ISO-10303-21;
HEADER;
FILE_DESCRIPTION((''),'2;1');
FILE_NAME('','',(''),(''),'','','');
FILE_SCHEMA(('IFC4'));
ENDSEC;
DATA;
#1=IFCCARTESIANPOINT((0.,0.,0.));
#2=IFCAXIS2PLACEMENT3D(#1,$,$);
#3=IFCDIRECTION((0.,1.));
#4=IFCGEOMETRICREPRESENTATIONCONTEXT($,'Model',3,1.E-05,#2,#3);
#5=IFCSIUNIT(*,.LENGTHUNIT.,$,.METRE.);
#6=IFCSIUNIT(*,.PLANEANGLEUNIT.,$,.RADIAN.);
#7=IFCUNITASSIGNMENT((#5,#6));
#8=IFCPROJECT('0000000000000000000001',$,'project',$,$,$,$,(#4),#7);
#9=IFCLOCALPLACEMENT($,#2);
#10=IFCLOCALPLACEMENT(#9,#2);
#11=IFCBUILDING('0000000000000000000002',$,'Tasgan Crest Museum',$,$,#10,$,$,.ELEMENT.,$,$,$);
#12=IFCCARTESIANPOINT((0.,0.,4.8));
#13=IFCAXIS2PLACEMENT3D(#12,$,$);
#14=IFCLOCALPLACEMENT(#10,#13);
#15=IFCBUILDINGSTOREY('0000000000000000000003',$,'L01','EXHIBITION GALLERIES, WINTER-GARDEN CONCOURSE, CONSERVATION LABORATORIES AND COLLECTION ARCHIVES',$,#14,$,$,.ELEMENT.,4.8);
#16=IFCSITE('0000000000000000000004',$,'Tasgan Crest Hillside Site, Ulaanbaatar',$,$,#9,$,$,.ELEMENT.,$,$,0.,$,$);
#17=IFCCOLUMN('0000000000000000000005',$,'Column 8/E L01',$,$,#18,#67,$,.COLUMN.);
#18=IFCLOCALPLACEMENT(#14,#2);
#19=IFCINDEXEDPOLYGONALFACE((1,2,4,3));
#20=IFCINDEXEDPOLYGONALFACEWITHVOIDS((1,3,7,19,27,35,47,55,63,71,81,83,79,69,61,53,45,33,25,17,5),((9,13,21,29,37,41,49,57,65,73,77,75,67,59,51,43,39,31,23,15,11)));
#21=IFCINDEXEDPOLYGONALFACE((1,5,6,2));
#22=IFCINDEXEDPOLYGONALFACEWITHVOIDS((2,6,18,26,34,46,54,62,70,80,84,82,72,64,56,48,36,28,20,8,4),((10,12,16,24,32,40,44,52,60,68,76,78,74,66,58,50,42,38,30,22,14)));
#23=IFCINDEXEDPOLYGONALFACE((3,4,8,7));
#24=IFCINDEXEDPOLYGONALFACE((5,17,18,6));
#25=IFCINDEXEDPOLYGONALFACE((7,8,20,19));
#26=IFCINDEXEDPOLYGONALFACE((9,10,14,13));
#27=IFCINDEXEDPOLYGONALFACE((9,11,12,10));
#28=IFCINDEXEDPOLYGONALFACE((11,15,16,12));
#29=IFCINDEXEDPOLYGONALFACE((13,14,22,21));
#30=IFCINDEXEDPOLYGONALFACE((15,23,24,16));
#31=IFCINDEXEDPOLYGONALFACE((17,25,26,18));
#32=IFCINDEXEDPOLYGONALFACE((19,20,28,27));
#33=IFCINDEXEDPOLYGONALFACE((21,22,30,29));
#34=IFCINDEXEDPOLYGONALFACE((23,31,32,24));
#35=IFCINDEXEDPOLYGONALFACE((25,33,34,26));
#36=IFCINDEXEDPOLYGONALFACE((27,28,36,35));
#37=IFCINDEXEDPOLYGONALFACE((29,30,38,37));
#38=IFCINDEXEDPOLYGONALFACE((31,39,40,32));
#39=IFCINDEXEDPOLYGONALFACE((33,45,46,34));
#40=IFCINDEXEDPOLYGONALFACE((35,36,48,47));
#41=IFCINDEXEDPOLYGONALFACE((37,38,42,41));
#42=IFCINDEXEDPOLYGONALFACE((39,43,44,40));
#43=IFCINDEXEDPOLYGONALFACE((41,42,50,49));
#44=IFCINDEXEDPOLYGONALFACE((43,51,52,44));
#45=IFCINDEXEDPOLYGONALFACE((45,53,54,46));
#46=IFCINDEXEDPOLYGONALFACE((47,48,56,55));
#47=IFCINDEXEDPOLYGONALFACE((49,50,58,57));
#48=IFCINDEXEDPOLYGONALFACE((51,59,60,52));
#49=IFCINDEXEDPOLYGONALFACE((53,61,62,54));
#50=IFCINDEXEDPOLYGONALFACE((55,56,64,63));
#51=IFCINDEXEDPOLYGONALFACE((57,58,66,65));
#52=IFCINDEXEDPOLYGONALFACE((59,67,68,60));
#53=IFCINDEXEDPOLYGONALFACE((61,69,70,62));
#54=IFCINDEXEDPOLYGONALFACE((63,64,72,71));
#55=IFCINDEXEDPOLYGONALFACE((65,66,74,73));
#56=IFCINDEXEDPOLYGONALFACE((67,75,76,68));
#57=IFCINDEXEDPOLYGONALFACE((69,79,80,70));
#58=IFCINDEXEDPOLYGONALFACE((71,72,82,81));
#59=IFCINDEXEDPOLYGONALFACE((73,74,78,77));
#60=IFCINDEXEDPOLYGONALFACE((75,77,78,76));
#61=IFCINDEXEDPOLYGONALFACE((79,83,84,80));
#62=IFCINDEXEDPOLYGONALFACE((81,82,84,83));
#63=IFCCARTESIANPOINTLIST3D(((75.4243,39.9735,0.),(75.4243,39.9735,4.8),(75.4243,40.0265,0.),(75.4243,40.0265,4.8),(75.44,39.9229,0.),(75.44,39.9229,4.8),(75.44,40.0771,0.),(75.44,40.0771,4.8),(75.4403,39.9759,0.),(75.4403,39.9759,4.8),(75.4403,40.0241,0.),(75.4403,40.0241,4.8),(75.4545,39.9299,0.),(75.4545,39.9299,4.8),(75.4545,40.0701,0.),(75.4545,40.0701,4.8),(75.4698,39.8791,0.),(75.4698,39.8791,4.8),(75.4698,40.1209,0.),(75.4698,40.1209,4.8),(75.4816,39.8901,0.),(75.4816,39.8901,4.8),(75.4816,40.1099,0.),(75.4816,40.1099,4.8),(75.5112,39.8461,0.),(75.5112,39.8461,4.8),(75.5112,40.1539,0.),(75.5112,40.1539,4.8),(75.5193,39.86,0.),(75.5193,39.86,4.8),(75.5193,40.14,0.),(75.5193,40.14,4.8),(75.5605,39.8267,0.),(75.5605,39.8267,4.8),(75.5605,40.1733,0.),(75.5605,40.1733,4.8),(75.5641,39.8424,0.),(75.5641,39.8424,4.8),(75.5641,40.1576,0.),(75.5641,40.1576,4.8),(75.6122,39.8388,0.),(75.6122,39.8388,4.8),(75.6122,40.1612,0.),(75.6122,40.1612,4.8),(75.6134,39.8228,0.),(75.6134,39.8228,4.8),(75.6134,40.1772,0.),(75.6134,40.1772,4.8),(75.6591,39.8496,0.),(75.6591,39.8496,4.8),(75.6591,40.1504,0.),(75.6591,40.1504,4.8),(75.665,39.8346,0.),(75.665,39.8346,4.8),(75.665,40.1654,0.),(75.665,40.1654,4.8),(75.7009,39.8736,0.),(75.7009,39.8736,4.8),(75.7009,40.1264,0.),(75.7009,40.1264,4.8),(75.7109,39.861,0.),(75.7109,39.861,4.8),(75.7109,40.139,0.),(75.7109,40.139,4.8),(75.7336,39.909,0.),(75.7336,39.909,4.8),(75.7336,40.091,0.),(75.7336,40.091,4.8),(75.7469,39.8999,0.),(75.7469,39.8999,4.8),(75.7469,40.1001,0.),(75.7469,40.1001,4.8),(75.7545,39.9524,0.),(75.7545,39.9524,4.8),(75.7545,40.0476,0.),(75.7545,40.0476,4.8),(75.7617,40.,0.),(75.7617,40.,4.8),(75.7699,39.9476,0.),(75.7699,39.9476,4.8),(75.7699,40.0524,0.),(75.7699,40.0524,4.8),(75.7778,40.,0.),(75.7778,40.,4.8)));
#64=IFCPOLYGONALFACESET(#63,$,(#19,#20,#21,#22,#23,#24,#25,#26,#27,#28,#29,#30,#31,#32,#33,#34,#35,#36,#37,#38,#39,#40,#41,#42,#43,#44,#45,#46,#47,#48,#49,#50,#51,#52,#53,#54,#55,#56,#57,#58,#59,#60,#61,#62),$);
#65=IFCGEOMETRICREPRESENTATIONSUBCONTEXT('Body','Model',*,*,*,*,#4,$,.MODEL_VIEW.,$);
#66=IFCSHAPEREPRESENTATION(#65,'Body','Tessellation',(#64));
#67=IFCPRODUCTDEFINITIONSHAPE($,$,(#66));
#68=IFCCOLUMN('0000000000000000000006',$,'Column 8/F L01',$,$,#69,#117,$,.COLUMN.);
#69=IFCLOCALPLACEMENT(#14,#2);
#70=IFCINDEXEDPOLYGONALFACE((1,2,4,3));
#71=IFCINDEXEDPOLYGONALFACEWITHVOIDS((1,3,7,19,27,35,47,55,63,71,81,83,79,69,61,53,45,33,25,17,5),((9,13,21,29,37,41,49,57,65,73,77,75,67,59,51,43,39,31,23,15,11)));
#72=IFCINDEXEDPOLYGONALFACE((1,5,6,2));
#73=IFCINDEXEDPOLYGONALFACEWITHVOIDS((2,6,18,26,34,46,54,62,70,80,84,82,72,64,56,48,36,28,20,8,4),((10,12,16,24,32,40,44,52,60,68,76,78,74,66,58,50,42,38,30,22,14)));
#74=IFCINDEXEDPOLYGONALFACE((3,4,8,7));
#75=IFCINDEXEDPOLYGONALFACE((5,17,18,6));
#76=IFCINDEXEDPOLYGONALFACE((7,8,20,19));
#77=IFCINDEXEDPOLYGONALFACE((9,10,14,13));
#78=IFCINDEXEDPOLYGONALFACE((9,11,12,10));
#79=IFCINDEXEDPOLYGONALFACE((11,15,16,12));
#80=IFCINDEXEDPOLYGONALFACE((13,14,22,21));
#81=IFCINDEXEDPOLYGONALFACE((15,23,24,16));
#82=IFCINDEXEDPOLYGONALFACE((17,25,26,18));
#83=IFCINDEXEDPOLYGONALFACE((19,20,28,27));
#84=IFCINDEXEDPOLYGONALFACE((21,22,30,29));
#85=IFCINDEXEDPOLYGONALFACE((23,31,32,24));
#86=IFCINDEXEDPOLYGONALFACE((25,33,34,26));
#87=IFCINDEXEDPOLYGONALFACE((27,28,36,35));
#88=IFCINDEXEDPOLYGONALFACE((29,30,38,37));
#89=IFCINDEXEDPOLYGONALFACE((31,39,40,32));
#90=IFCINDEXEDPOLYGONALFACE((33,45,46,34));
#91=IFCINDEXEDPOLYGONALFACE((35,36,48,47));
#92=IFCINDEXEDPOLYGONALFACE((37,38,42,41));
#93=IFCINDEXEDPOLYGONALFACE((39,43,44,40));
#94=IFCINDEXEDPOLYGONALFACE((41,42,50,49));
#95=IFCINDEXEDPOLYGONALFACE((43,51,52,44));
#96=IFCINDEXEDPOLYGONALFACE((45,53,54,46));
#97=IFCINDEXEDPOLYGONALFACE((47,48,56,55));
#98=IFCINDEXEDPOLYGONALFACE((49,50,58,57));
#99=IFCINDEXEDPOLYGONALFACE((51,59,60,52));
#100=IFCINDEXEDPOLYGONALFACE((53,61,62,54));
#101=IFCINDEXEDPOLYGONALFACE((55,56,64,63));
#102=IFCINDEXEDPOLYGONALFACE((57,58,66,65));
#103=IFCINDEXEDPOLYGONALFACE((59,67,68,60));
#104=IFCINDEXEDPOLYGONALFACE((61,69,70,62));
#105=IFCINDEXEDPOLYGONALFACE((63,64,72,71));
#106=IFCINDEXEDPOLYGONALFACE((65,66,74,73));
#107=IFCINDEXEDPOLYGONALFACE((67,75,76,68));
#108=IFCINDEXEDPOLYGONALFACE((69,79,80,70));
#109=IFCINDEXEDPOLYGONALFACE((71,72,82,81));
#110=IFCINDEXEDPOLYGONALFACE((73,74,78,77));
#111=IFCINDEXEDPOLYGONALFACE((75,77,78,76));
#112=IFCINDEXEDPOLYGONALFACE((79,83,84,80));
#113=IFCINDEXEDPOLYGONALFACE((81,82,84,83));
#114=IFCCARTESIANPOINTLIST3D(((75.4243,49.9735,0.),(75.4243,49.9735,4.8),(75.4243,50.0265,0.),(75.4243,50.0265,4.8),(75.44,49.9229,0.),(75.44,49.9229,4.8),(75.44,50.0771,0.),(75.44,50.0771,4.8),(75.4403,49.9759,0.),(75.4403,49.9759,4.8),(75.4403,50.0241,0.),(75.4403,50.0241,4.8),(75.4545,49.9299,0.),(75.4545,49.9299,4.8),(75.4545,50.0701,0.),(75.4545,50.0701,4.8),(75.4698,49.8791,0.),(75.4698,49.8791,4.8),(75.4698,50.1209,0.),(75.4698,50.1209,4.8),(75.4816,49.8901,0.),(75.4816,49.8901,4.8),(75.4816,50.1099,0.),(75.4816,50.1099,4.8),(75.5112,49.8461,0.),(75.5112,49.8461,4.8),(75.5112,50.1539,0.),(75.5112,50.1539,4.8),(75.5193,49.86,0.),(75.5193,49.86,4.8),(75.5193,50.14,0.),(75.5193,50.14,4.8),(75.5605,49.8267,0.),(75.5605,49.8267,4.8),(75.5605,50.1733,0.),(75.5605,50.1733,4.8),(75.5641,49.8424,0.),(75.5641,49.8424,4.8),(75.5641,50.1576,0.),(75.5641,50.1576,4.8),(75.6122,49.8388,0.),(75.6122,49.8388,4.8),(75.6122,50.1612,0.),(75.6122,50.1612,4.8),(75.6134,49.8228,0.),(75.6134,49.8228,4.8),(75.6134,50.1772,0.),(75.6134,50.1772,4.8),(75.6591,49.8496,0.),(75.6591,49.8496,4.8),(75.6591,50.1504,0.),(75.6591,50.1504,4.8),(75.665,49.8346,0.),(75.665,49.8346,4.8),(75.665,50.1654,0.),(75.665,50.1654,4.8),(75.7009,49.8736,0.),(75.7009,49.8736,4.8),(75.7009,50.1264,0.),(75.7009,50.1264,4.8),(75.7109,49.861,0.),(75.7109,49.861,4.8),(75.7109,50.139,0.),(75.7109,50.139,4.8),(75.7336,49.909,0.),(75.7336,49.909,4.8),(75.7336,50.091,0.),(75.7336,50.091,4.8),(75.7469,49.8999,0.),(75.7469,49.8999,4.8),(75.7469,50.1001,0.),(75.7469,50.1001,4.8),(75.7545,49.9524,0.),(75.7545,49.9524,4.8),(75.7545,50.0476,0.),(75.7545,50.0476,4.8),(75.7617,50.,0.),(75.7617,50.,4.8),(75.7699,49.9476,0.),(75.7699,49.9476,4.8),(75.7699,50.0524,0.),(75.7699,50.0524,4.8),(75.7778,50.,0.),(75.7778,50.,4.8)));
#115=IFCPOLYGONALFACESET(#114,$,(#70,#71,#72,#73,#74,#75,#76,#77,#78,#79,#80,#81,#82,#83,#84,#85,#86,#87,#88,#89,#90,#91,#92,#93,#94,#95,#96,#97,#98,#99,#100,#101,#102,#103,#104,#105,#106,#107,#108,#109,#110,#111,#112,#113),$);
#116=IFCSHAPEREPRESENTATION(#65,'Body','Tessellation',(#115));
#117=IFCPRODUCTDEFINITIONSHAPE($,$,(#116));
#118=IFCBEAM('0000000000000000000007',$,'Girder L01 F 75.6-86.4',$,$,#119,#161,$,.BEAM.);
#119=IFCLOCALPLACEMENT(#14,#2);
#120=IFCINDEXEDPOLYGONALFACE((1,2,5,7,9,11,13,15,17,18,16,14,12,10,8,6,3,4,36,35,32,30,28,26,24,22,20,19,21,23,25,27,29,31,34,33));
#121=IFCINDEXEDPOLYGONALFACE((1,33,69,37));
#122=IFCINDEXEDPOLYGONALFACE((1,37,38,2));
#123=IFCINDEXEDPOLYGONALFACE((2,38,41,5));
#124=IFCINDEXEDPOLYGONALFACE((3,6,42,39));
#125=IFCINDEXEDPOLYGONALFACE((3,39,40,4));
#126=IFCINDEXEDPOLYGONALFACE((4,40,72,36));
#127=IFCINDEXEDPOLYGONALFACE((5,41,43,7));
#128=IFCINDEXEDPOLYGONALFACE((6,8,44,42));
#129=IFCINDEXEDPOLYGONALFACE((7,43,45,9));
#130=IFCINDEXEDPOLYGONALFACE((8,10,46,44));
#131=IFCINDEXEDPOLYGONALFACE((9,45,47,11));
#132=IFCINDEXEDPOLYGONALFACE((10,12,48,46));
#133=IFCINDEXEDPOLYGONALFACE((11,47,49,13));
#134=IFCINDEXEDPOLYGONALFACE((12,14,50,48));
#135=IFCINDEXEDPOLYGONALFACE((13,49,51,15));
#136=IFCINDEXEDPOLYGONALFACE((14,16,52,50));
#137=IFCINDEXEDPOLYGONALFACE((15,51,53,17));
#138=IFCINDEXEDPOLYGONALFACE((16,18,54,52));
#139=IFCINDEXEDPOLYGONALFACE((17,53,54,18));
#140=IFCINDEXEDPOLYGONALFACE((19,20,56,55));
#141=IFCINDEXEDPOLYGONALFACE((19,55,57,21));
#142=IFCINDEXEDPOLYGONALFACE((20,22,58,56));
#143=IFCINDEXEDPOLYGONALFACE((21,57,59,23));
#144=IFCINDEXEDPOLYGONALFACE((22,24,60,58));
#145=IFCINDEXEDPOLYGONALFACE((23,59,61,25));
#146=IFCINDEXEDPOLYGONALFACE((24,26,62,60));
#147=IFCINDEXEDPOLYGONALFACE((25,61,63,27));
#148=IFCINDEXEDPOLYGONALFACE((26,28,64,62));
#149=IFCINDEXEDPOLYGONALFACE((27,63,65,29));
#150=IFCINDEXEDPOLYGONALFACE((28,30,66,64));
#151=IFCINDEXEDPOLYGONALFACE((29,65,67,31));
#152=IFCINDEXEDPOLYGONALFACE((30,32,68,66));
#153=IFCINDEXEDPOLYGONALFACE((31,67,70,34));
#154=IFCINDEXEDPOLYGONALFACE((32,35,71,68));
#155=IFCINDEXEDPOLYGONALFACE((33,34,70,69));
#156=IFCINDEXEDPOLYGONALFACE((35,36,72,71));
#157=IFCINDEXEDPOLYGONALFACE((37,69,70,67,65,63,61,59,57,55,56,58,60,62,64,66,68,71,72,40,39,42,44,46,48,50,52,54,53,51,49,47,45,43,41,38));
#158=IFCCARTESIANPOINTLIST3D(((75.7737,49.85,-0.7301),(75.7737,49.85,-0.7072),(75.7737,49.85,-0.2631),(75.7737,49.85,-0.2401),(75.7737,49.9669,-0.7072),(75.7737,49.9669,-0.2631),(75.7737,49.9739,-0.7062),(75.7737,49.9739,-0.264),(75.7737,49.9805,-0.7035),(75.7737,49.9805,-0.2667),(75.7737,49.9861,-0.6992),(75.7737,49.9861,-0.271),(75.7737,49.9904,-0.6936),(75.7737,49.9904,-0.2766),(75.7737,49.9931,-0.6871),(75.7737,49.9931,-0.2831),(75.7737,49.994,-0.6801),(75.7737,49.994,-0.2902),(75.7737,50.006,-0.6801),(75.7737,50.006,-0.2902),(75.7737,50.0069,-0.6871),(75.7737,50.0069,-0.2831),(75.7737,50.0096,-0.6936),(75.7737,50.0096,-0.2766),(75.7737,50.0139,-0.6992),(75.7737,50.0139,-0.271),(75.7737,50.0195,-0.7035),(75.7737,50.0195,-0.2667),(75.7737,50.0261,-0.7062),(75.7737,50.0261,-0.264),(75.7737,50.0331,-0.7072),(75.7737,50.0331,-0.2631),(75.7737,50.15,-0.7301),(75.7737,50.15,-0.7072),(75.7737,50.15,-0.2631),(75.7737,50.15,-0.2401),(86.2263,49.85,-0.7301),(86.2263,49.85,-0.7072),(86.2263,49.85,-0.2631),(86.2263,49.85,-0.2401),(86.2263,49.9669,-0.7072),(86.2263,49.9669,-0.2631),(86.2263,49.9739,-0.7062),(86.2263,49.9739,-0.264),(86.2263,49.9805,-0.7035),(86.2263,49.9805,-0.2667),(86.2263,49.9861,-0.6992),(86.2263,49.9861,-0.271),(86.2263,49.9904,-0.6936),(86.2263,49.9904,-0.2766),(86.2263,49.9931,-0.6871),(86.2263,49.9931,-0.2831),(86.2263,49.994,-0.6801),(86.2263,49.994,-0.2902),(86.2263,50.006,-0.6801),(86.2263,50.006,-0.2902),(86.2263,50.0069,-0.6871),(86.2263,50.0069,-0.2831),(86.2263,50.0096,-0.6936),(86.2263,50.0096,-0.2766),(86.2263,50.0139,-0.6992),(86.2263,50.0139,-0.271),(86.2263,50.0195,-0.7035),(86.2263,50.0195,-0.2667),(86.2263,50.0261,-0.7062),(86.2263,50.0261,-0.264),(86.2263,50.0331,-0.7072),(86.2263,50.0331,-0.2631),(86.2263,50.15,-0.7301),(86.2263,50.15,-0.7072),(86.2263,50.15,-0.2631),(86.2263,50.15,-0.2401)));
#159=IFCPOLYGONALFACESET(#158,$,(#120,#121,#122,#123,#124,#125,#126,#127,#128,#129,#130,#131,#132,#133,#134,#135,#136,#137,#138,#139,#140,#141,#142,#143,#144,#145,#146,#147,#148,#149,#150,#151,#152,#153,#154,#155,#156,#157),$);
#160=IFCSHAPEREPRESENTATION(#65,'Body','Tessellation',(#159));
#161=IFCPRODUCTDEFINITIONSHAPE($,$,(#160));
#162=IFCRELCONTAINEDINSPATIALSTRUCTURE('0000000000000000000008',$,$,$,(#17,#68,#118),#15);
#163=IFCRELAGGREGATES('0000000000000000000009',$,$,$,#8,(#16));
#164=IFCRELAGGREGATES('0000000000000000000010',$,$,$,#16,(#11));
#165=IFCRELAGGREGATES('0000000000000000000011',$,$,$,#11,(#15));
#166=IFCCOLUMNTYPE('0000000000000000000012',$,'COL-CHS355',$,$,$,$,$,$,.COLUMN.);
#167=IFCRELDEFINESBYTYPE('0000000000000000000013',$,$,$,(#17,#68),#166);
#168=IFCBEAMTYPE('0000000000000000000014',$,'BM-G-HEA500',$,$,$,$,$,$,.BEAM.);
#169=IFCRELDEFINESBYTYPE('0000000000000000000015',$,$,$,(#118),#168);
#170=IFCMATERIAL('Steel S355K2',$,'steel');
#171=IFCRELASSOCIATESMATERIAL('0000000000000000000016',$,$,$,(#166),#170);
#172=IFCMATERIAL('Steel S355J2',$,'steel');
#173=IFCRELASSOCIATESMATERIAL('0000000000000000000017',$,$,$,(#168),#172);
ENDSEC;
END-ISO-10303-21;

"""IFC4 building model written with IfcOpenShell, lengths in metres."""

from ifc_helpers import new_model, si_unit, direction, frame, origin, origin_2d, place, context, subcontext, project, spatial, hollow_circle, i_section, extrude, material, material_profile, profile_set, type_object, element, save


model = new_model("IFC4")

# Units and contexts
model_context = context("Model", 3, precision=1e-05, world=origin(), true_north=direction((0.0, 1.0)))
body_context = subcontext(model_context, "Body", "Model", "MODEL_VIEW")
ifc_project = project(units=[si_unit("LENGTHUNIT", "METRE"), si_unit("PLANEANGLEUNIT", "RADIAN")], contexts=[model_context])

# Site, building, storey
site_placement = place(None, origin())
site = spatial("IfcSite", under=ifc_project, at=site_placement, Name="Tasgan Crest Hillside Site, Ulaanbaatar", CompositionType="ELEMENT", RefElevation=0.0)
building_placement = place(site_placement, origin())
building = spatial("IfcBuilding", under=site, at=building_placement, Name="Tasgan Crest Museum", CompositionType="ELEMENT")
storey_placement = place(building_placement, frame((0.0, 0.0, 4.8)))
storey = spatial("IfcBuildingStorey", under=building, at=storey_placement, Name="L01", Description="EXHIBITION GALLERIES, WINTER-GARDEN CONCOURSE, CONSERVATION LABORATORIES AND COLLECTION ARCHIVES", CompositionType="ELEMENT", Elevation=4.8)

# Columns
ifc_material_1 = material(Name="Steel S355K2", Category="steel")
ifc_material_profile_1 = material_profile(ifc_material_1, hollow_circle(Radius=0.1777, WallThickness=0.0161, at=origin_2d()), Name="CHS 355.6x16")
ifc_profile_set_1 = profile_set([ifc_material_profile_1], Name="Steel S355K2")
column_type = type_object("IfcColumnType", Name="COL-CHS355", PredefinedType="COLUMN", material=ifc_profile_set_1)
for number, where, z_axis, x_axis, name in (
    (1, (75.6001, 40.0, 0.0), (0.0, 0.0, 1.0), (1.0, 0.0, 0.0), "Column 8/E L01"),
    (2, (75.6001, 50.0, 0.0), (0.0, 0.0, 1.0), (1.0, 0.0, 0.0), "Column 8/F L01"),
):
    element("IfcColumn", number, at=place(storey_placement, frame(where, z_axis=z_axis, x_axis=x_axis)), inside=storey, type_object=column_type, Name=name, PredefinedType="COLUMN", context=body_context, shape_type="SweptSolid", body=[
        extrude(hollow_circle(Radius=0.1777, WallThickness=0.0161, at=origin_2d()), origin(), (0.0, 0.0, 1.0), 4.8),
    ])

# Beam
ifc_material_2 = material(Name="Steel S355J2", Category="steel")
ifc_material_profile_2 = material_profile(ifc_material_2, i_section(OverallWidth=0.3, OverallDepth=0.49, WebThickness=0.012, FlangeThickness=0.0229, FilletRadius=0.0271, at=origin_2d()), Name="HEA 500")
ifc_profile_set_2 = profile_set([ifc_material_profile_2], Name="Steel S355J2")
beam_type_1 = type_object("IfcBeamType", Name="BM-G-HEA500", PredefinedType="BEAM", material=ifc_profile_set_2)
beam_1_placement = place(storey_placement, frame((75.7737, 50.0, -0.4851), z_axis=(1.0, 0.0, 0.0), x_axis=(0.0, 1.0, 0.0)))
element("IfcBeam", 3, at=beam_1_placement, inside=storey, type_object=beam_type_1, Name="Girder L01 F 75.6-86.4", PredefinedType="BEAM", context=body_context, shape_type="SweptSolid", body=[
    extrude(i_section(OverallWidth=0.3, OverallDepth=0.49, WebThickness=0.012, FlangeThickness=0.0229, FilletRadius=0.0271, at=origin_2d()), origin(), (0.0, 0.0, 1.0), 10.4526),
])

save(model, "model.ifc")
